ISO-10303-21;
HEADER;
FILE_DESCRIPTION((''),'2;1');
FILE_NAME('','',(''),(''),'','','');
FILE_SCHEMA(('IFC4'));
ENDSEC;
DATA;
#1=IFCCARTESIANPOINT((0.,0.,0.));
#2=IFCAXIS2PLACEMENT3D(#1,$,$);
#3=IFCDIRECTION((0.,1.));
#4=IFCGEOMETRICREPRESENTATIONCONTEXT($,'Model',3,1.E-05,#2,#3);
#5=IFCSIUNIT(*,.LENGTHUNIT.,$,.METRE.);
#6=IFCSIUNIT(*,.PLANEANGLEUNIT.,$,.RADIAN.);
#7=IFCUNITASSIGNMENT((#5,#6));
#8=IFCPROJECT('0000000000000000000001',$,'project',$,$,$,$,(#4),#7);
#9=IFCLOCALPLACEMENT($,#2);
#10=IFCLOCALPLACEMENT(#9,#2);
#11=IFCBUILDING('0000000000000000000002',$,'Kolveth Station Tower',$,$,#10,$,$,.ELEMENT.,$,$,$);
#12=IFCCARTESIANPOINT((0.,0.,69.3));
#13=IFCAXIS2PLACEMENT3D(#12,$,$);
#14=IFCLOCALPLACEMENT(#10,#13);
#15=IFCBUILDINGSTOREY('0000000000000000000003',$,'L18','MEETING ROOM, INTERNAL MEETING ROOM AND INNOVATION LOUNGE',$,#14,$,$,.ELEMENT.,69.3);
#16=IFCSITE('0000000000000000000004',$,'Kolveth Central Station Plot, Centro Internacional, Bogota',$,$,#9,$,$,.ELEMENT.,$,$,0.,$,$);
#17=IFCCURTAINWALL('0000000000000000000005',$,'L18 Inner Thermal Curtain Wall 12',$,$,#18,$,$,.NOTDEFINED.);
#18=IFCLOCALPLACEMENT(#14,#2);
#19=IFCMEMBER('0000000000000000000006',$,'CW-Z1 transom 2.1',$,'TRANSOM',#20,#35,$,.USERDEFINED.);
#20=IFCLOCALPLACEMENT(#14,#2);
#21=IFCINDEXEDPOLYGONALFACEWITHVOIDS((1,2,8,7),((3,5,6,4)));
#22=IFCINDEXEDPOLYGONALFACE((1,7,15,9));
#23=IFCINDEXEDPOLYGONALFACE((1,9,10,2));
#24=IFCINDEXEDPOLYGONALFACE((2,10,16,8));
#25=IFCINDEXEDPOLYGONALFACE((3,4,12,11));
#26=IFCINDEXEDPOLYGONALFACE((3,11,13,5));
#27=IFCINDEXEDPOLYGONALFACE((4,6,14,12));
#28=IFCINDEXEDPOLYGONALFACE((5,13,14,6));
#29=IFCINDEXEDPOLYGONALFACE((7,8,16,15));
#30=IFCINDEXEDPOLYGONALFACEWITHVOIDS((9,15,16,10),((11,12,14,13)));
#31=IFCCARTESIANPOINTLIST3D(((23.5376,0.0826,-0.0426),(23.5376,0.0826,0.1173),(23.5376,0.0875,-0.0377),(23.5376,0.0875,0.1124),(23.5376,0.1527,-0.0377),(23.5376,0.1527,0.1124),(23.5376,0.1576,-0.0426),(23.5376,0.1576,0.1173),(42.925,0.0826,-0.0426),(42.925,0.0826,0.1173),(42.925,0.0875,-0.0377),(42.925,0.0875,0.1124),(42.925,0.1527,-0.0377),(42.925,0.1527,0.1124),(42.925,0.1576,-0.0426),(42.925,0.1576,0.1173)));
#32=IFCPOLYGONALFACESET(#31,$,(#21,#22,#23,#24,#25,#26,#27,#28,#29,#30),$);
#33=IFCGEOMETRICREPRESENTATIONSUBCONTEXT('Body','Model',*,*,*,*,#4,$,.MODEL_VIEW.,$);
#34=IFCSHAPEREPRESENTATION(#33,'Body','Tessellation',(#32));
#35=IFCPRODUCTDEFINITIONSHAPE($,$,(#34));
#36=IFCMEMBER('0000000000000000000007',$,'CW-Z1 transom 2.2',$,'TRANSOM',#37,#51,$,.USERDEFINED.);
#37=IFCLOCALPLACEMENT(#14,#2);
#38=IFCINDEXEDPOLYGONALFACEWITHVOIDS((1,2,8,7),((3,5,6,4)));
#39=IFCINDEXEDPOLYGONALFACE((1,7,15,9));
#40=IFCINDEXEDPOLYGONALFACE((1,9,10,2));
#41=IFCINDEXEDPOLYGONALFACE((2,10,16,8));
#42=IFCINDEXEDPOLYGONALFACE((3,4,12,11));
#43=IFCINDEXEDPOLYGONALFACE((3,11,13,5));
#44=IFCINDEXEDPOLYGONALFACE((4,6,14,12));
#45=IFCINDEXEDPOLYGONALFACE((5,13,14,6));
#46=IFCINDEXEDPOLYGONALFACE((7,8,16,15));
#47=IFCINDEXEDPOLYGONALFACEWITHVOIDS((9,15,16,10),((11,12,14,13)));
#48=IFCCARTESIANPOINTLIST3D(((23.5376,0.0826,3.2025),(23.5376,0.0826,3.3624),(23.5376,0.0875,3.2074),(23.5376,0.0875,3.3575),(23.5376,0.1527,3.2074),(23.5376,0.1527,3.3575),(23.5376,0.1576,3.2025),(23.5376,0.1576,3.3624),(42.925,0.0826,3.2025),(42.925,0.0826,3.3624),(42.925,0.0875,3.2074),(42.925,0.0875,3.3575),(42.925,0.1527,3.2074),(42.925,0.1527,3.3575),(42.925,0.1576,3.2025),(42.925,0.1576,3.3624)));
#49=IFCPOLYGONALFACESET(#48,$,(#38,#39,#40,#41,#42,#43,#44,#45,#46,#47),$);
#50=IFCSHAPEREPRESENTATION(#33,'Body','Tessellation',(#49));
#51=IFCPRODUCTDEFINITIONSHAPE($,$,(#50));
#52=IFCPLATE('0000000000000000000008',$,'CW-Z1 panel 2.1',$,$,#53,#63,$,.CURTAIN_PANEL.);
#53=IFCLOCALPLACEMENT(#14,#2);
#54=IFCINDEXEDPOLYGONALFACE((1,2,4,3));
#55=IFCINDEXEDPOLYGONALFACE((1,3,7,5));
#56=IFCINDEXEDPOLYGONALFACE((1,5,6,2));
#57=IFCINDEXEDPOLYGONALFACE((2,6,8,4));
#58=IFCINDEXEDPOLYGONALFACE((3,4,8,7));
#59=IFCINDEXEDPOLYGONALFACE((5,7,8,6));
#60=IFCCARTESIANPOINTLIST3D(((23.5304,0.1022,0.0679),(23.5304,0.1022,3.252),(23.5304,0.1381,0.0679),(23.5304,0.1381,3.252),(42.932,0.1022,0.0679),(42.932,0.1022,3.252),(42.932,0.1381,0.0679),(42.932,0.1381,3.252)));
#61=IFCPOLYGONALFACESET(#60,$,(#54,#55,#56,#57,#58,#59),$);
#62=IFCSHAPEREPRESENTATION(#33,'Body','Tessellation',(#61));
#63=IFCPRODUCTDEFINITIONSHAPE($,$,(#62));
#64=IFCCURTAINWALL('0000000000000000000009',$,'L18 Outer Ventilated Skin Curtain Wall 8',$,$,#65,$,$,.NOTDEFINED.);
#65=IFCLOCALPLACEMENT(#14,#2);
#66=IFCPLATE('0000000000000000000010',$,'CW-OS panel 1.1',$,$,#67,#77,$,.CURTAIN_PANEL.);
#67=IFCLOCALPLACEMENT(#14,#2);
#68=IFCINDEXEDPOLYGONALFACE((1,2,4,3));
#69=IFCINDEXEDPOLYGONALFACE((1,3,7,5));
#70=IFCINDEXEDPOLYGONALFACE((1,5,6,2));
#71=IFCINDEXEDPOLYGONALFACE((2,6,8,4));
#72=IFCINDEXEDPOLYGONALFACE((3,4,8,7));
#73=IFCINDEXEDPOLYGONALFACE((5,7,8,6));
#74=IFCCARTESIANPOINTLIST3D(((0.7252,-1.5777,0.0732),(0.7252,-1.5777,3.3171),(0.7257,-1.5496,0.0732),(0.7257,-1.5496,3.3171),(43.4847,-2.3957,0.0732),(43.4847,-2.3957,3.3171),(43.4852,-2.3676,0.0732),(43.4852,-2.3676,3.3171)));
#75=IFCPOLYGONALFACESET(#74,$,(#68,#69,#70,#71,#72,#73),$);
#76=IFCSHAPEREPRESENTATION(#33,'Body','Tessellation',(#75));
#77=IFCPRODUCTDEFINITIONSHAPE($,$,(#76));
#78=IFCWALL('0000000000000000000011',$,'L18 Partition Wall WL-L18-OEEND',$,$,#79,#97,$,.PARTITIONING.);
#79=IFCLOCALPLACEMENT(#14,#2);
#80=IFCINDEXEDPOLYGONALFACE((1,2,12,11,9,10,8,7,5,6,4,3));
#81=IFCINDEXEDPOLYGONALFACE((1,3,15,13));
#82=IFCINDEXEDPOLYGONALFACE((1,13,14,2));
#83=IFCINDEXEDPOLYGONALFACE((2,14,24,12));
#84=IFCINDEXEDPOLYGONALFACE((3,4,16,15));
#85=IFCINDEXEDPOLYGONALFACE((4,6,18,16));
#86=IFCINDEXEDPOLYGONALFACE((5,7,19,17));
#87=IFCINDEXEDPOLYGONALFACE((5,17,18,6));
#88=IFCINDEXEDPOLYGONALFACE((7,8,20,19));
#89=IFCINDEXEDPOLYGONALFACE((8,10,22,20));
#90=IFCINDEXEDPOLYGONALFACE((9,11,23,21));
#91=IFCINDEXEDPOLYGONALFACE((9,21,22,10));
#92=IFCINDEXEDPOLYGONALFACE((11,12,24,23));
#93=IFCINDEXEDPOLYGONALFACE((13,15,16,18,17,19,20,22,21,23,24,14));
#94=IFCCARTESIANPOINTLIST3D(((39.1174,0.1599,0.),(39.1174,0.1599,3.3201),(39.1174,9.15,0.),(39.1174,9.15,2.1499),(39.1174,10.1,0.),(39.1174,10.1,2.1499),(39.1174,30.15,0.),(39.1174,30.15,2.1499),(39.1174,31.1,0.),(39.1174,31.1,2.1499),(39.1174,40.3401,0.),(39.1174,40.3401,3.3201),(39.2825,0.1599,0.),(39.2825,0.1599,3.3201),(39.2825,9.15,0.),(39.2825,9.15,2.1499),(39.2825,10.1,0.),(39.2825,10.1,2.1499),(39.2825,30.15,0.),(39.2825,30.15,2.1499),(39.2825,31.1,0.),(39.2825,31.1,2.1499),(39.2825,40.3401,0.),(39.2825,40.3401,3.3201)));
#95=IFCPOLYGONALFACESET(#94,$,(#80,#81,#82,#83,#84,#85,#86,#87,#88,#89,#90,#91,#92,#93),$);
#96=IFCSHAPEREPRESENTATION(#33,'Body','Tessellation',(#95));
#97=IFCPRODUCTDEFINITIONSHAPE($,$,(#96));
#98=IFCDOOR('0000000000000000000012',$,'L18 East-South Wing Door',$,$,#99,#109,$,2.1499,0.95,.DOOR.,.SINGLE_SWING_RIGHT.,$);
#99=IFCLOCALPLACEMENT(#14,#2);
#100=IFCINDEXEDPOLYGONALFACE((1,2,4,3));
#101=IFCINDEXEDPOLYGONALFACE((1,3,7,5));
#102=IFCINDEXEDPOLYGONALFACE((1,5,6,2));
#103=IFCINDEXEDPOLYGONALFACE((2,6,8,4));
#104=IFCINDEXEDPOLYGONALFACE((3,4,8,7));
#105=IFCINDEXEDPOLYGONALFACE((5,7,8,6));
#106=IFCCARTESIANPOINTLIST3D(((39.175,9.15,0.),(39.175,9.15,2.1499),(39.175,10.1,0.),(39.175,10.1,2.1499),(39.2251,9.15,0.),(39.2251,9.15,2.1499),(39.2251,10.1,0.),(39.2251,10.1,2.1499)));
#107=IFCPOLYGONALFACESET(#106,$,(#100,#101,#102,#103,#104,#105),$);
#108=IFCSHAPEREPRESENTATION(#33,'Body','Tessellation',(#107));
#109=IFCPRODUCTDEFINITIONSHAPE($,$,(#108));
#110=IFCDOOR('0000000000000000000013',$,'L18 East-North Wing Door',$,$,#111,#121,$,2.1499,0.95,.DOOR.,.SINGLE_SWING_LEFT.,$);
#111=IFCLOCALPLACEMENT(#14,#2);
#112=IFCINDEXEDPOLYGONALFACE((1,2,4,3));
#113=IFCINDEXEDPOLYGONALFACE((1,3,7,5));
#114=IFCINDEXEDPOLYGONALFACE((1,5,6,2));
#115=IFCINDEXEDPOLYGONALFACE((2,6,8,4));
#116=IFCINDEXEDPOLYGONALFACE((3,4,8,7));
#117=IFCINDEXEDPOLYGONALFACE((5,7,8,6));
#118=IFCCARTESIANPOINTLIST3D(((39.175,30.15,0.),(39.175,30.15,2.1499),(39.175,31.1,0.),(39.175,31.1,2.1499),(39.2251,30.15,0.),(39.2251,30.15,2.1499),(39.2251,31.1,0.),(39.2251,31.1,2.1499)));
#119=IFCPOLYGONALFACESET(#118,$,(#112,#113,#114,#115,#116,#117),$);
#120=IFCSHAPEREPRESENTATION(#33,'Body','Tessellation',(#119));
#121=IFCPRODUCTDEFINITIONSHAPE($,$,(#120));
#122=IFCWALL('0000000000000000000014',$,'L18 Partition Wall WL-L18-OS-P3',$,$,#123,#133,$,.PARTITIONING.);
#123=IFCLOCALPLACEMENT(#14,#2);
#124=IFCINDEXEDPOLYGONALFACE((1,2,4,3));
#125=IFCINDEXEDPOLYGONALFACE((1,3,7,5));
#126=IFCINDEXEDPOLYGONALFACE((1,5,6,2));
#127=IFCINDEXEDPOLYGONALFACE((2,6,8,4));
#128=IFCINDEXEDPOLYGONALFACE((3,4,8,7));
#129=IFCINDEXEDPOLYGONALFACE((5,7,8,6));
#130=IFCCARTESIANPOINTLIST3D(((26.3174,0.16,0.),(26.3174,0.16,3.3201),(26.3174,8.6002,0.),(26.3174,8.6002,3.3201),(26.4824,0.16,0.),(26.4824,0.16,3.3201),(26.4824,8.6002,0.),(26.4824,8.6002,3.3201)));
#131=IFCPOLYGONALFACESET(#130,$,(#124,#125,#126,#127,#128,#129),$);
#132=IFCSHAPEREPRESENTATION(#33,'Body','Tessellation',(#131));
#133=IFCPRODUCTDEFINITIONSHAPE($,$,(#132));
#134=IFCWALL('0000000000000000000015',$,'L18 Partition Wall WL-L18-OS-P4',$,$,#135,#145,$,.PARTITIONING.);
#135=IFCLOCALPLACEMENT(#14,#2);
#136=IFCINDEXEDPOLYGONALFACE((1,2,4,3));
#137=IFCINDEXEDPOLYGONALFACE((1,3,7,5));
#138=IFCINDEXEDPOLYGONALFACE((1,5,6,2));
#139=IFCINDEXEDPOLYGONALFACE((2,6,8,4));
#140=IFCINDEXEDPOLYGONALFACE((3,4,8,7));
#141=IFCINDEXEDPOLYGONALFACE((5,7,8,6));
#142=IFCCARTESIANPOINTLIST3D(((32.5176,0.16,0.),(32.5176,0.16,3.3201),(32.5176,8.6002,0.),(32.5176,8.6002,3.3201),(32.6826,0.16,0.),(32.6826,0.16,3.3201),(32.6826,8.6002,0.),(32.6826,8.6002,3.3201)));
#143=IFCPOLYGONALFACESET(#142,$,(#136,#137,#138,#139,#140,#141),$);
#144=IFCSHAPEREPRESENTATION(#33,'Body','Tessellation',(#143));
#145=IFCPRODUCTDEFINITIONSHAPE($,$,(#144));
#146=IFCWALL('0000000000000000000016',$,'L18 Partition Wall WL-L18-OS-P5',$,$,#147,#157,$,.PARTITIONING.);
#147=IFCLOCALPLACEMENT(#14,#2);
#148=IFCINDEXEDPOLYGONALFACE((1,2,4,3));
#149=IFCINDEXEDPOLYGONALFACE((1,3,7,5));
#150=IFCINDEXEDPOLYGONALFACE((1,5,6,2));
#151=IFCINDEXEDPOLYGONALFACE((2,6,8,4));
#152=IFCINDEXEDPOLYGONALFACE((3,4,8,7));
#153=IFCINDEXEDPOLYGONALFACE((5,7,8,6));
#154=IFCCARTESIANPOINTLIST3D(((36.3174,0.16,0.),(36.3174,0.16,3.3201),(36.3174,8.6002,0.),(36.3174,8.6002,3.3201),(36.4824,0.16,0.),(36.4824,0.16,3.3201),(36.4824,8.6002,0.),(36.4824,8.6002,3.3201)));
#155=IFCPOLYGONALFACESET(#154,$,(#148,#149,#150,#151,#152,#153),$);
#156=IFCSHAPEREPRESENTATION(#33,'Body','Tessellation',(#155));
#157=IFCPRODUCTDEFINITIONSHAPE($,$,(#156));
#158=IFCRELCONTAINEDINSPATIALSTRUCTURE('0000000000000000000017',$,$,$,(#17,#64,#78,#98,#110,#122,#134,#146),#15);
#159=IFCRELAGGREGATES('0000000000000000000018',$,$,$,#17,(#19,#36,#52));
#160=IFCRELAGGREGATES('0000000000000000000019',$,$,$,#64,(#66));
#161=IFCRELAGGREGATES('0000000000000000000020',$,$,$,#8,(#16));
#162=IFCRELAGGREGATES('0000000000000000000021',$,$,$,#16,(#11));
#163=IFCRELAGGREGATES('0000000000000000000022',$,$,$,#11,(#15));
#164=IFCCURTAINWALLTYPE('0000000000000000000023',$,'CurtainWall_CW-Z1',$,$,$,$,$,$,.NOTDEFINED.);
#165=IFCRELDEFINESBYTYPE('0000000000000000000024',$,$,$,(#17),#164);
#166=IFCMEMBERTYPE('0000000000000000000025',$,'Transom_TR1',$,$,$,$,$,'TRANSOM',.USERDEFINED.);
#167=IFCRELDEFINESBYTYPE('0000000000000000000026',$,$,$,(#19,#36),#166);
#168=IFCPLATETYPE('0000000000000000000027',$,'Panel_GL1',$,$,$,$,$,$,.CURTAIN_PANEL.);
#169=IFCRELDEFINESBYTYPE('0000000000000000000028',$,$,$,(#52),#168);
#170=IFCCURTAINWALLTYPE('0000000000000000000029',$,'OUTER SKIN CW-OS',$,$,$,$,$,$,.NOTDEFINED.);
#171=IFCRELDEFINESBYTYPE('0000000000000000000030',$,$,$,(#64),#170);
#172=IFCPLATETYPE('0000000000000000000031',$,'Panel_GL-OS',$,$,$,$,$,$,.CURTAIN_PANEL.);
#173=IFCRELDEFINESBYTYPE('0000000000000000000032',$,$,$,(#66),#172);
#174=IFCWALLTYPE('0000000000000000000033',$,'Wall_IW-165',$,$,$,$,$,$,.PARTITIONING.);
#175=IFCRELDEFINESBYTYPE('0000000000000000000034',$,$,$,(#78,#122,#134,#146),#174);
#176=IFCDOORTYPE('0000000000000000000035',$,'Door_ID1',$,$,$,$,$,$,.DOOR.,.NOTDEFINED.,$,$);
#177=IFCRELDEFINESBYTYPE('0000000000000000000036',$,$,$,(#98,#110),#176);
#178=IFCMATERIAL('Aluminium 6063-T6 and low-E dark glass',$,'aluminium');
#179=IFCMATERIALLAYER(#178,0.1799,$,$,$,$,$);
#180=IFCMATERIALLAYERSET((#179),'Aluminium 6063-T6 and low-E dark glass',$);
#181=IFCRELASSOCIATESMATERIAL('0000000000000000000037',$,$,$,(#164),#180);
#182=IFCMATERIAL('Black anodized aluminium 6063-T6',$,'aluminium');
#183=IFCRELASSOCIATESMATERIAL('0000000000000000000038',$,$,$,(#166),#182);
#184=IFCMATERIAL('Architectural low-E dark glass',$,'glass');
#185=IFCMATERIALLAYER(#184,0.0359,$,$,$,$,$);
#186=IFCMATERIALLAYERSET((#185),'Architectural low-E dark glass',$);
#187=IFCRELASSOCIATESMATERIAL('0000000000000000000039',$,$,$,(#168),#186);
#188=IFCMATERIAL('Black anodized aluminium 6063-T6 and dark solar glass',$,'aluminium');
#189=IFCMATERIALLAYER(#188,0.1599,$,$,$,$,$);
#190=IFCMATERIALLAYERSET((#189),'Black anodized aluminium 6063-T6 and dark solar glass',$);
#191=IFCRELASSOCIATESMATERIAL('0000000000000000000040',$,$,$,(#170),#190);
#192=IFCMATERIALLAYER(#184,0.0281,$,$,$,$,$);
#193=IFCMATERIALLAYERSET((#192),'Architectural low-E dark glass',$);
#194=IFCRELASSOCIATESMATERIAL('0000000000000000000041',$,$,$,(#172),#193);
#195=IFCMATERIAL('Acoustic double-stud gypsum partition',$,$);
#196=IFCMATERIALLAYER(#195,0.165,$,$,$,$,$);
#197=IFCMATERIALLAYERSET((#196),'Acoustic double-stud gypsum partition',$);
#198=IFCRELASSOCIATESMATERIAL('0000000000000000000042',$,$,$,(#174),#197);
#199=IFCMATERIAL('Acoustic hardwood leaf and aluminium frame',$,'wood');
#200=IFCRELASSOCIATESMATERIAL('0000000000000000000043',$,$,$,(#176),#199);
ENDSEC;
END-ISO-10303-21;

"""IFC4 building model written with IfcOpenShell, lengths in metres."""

from ifc_helpers import new_model, si_unit, direction, frame, frame_2d, origin, origin_2d, place, context, subcontext, project, spatial, rectangle, hollow_rectangle, extrude, source, transform, mapped, material, layer, layer_set, material_profile, profile_set, type_object, element, fill, aggregate, save


model = new_model("IFC4")

# Units and contexts
model_context = context("Model", 3, precision=1e-05, world=origin(), true_north=direction((0.0, 1.0)))
body_context = subcontext(model_context, "Body", "Model", "MODEL_VIEW")
ifc_project = project(units=[si_unit("LENGTHUNIT", "METRE"), si_unit("PLANEANGLEUNIT", "RADIAN")], contexts=[model_context])

# Site, building, storey
site_placement = place(None, origin())
site = spatial("IfcSite", under=ifc_project, at=site_placement, Name="Kolveth Central Station Plot, Centro Internacional, Bogota", CompositionType="ELEMENT", RefElevation=0.0)
building_placement = place(site_placement, origin())
building = spatial("IfcBuilding", under=site, at=building_placement, Name="Kolveth Station Tower", CompositionType="ELEMENT")
storey_placement = place(building_placement, frame((0.0, 0.0, 69.3)))
storey = spatial("IfcBuildingStorey", under=building, at=storey_placement, Name="L18", Description="MEETING ROOM, INTERNAL MEETING ROOM AND INNOVATION LOUNGE", CompositionType="ELEMENT", Elevation=69.3)

# Curtain wall, members, plate
ifc_material_1 = material(Name="Aluminium 6063-T6 and low-E dark glass", Category="aluminium")
ifc_layer_1 = layer(ifc_material_1, 0.1799)
ifc_layer_set_1 = layer_set([ifc_layer_1], Name="Aluminium 6063-T6 and low-E dark glass")
curtain_wall_type_1 = type_object("IfcCurtainWallType", Name="CurtainWall_CW-Z1", PredefinedType="NOTDEFINED", material=ifc_layer_set_1)
curtain_wall_1_placement = place(storey_placement, origin())
curtain_wall_1 = element("IfcCurtainWall", 1, at=curtain_wall_1_placement, inside=storey, type_object=curtain_wall_type_1, Name="L18 Inner Thermal Curtain Wall 12", PredefinedType="NOTDEFINED")
ifc_material_2 = material(Name="Black anodized aluminium 6063-T6", Category="aluminium")
ifc_material_profile_1 = material_profile(ifc_material_2, hollow_rectangle(XDim=0.075, YDim=0.1599, WallThickness=0.0049, at=origin_2d()), Name="ALU-75x160x5")
ifc_profile_set_1 = profile_set([ifc_material_profile_1], Name="Black anodized aluminium 6063-T6")
member_type_1 = type_object("IfcMemberType", Name="Transom_TR1", ElementType="TRANSOM", PredefinedType="USERDEFINED", material=ifc_profile_set_1)
shared_shape_1 = source(origin(), body_context, "Body", "SweptSolid", [
    extrude(hollow_rectangle(XDim=0.075, YDim=0.1599, WallThickness=0.0049, at=origin_2d()), origin(), (0.0, 0.0, 1.0), 19.3875),
])
member_1_placement = place(storey_placement, frame((23.5376, 0.1201, 0.0374), z_axis=(1.0, 0.0, 0.0), x_axis=(0.0, 1.0, 0.0)))
member_1 = element("IfcMember", 2, at=member_1_placement, type_object=member_type_1, Name="CW-Z1 transom 2.1", ObjectType="TRANSOM", PredefinedType="USERDEFINED", context=body_context, shape_type="MappedRepresentation", body=[
    mapped(shared_shape_1, transform((0.0, 0.0, 0.0), x_axis=(1.0, 0.0, 0.0), y_axis=(0.0, 1.0, 0.0), z_axis=(0.0, 0.0, 1.0), scale=1.0)),
])
member_2_placement = place(storey_placement, frame((23.5376, 0.1201, 3.2825), z_axis=(1.0, 0.0, 0.0), x_axis=(0.0, 1.0, 0.0)))
member_2 = element("IfcMember", 3, at=member_2_placement, type_object=member_type_1, Name="CW-Z1 transom 2.2", ObjectType="TRANSOM", PredefinedType="USERDEFINED", context=body_context, shape_type="MappedRepresentation", body=[
    mapped(shared_shape_1, transform((0.0, 0.0, 0.0), x_axis=(1.0, 0.0, 0.0), y_axis=(0.0, 1.0, 0.0), z_axis=(0.0, 0.0, 1.0), scale=1.0)),
])
ifc_material_3 = material(Name="Architectural low-E dark glass", Category="glass")
ifc_layer_2 = layer(ifc_material_3, 0.0359)
ifc_layer_set_2 = layer_set([ifc_layer_2], Name="Architectural low-E dark glass")
plate_type_1 = type_object("IfcPlateType", Name="Panel_GL1", PredefinedType="CURTAIN_PANEL", material=ifc_layer_set_2)
shared_shape_2 = source(origin(), body_context, "Body", "SweptSolid", [
    extrude(rectangle(XDim=19.4016, YDim=0.0359, at=origin_2d()), origin(), (0.0, 0.0, 1.0), 3.1841),
])
plate_1_placement = place(storey_placement, frame((33.2312, 0.1201, 0.0679), z_axis=(0.0, 0.0, 1.0), x_axis=(1.0, 0.0, 0.0)))
plate_1 = element("IfcPlate", 4, at=plate_1_placement, type_object=plate_type_1, Name="CW-Z1 panel 2.1", PredefinedType="CURTAIN_PANEL", context=body_context, shape_type="MappedRepresentation", body=[
    mapped(shared_shape_2, transform((0.0, 0.0, 0.0), x_axis=(1.0, 0.0, 0.0), y_axis=(0.0, 1.0, 0.0), z_axis=(0.0, 0.0, 1.0), scale=1.0)),
])
aggregate(curtain_wall_1, [member_1, member_2, plate_1])

# Curtain wall, plate
ifc_material_4 = material(Name="Black anodized aluminium 6063-T6 and dark solar glass", Category="aluminium")
ifc_layer_3 = layer(ifc_material_4, 0.1599)
ifc_layer_set_3 = layer_set([ifc_layer_3], Name="Black anodized aluminium 6063-T6 and dark solar glass")
curtain_wall_type_2 = type_object("IfcCurtainWallType", Name="OUTER SKIN CW-OS", PredefinedType="NOTDEFINED", material=ifc_layer_set_3)
curtain_wall_2_placement = place(storey_placement, origin())
curtain_wall_2 = element("IfcCurtainWall", 5, at=curtain_wall_2_placement, inside=storey, type_object=curtain_wall_type_2, Name="L18 Outer Ventilated Skin Curtain Wall 8", PredefinedType="NOTDEFINED")
ifc_layer_4 = layer(ifc_material_3, 0.0281)
ifc_layer_set_4 = layer_set([ifc_layer_4], Name="Architectural low-E dark glass")
plate_type_2 = type_object("IfcPlateType", Name="Panel_GL-OS", PredefinedType="CURTAIN_PANEL", material=ifc_layer_set_4)
shared_shape_3 = source(origin(), body_context, "Body", "SweptSolid", [
    extrude(rectangle(XDim=42.7673, YDim=0.0281, at=origin_2d()), origin(), (0.0, 0.0, 1.0), 3.2439),
])
plate_2_placement = place(storey_placement, frame((22.1052, -1.9727, 0.0732), z_axis=(0.0, 0.0, 1.0), x_axis=(0.999817, -0.019127, 0.0)))
plate_2 = element("IfcPlate", 6, at=plate_2_placement, type_object=plate_type_2, Name="CW-OS panel 1.1", PredefinedType="CURTAIN_PANEL", context=body_context, shape_type="MappedRepresentation", body=[
    mapped(shared_shape_3, transform((0.0, 0.0, 0.0), x_axis=(1.0, 0.0, 0.0), y_axis=(0.0, 1.0, 0.0), z_axis=(0.0, 0.0, 1.0), scale=1.0)),
])
aggregate(curtain_wall_2, [plate_2])

# Wall, openings, doors
ifc_material_5 = material(Name="Acoustic double-stud gypsum partition")
ifc_layer_5 = layer(ifc_material_5, 0.165)
ifc_layer_set_5 = layer_set([ifc_layer_5], Name="Acoustic double-stud gypsum partition")
wall_type = type_object("IfcWallType", Name="Wall_IW-165", PredefinedType="PARTITIONING", material=ifc_layer_set_5)
wall_placement = place(storey_placement, frame((39.2, 0.1599, 0.0), z_axis=(0.0, 0.0, 1.0), x_axis=(0.0, 1.0, 0.0)))
wall = element("IfcWall", 7, at=wall_placement, inside=storey, type_object=wall_type, Name="L18 Partition Wall WL-L18-OEEND", PredefinedType="PARTITIONING", context=body_context, shape_type="SweptSolid", body=[
    extrude(rectangle(XDim=40.1802, YDim=0.165, at=frame_2d((20.0901, 0.0))), origin(), (0.0, 0.0, 1.0), 3.3201),
])
opening_1_placement = place(wall_placement, frame((8.99, 0.0, 0.0)))
opening_1 = element("IfcOpeningElement", 8, at=opening_1_placement, cuts=wall, PredefinedType="OPENING", context=body_context, shape_type="SweptSolid", body=[
    extrude(rectangle(XDim=0.95, YDim=2.1499, at=frame_2d((0.4751, 1.075))), frame((0.0, 0.0925, 0.0), z_axis=(0.0, -1.0, 0.0), x_axis=(1.0, 0.0, 0.0)), (0.0, 0.0, 1.0), 0.1851),
])
opening_2_placement = place(wall_placement, frame((29.99, 0.0, 0.0)))
opening_2 = element("IfcOpeningElement", 9, at=opening_2_placement, cuts=wall, PredefinedType="OPENING", context=body_context, shape_type="SweptSolid", body=[
    extrude(rectangle(XDim=0.95, YDim=2.1499, at=frame_2d((0.4751, 1.075))), frame((0.0, 0.0925, 0.0), z_axis=(0.0, -1.0, 0.0), x_axis=(1.0, 0.0, 0.0)), (0.0, 0.0, 1.0), 0.1851),
])
ifc_material_6 = material(Name="Acoustic hardwood leaf and aluminium frame", Category="wood")
door_type = type_object("IfcDoorType", Name="Door_ID1", OperationType="NOTDEFINED", PredefinedType="DOOR", material=ifc_material_6)
door_1_placement = place(opening_1_placement, origin())
door_1 = element("IfcDoor", 10, at=door_1_placement, inside=storey, type_object=door_type, Name="L18 East-South Wing Door", OperationType="SINGLE_SWING_RIGHT", OverallHeight=2.1499, OverallWidth=0.95, PredefinedType="DOOR", context=body_context, shape_type="SweptSolid", body=[
    extrude(rectangle(XDim=0.95, YDim=2.1499, at=frame_2d((0.4751, 1.075))), frame((0.0, 0.0249, 0.0), z_axis=(0.0, -1.0, 0.0), x_axis=(1.0, 0.0, 0.0)), (0.0, 0.0, 1.0), 0.05),
])
fill(opening_1, door_1)
door_2_placement = place(opening_2_placement, origin())
door_2 = element("IfcDoor", 11, at=door_2_placement, inside=storey, type_object=door_type, Name="L18 East-North Wing Door", OperationType="SINGLE_SWING_LEFT", OverallHeight=2.1499, OverallWidth=0.95, PredefinedType="DOOR", context=body_context, shape_type="SweptSolid", body=[
    extrude(rectangle(XDim=0.95, YDim=2.1499, at=frame_2d((0.4751, 1.075))), frame((0.0, 0.0249, 0.0), z_axis=(0.0, -1.0, 0.0), x_axis=(1.0, 0.0, 0.0)), (0.0, 0.0, 1.0), 0.05),
])
fill(opening_2, door_2)

# Walls
for number, where, z_axis, x_axis, name in (
    (12, (26.3999, 0.1599, 0.0), (0.0, 0.0, 1.0), (0.0, 1.0, 0.0), "L18 Partition Wall WL-L18-OS-P3"),
    (13, (32.6001, 0.1599, 0.0), (0.0, 0.0, 1.0), (0.0, 1.0, 0.0), "L18 Partition Wall WL-L18-OS-P4"),
    (14, (36.3999, 0.1599, 0.0), (0.0, 0.0, 1.0), (0.0, 1.0, 0.0), "L18 Partition Wall WL-L18-OS-P5"),
):
    element("IfcWall", number, at=place(storey_placement, frame(where, z_axis=z_axis, x_axis=x_axis)), inside=storey, type_object=wall_type, Name=name, PredefinedType="PARTITIONING", context=body_context, shape_type="SweptSolid", body=[
        extrude(rectangle(XDim=8.4402, YDim=0.165, at=frame_2d((4.2202, 0.0))), origin(), (0.0, 0.0, 1.0), 3.3201),
    ])

save(model, "model.ifc")
